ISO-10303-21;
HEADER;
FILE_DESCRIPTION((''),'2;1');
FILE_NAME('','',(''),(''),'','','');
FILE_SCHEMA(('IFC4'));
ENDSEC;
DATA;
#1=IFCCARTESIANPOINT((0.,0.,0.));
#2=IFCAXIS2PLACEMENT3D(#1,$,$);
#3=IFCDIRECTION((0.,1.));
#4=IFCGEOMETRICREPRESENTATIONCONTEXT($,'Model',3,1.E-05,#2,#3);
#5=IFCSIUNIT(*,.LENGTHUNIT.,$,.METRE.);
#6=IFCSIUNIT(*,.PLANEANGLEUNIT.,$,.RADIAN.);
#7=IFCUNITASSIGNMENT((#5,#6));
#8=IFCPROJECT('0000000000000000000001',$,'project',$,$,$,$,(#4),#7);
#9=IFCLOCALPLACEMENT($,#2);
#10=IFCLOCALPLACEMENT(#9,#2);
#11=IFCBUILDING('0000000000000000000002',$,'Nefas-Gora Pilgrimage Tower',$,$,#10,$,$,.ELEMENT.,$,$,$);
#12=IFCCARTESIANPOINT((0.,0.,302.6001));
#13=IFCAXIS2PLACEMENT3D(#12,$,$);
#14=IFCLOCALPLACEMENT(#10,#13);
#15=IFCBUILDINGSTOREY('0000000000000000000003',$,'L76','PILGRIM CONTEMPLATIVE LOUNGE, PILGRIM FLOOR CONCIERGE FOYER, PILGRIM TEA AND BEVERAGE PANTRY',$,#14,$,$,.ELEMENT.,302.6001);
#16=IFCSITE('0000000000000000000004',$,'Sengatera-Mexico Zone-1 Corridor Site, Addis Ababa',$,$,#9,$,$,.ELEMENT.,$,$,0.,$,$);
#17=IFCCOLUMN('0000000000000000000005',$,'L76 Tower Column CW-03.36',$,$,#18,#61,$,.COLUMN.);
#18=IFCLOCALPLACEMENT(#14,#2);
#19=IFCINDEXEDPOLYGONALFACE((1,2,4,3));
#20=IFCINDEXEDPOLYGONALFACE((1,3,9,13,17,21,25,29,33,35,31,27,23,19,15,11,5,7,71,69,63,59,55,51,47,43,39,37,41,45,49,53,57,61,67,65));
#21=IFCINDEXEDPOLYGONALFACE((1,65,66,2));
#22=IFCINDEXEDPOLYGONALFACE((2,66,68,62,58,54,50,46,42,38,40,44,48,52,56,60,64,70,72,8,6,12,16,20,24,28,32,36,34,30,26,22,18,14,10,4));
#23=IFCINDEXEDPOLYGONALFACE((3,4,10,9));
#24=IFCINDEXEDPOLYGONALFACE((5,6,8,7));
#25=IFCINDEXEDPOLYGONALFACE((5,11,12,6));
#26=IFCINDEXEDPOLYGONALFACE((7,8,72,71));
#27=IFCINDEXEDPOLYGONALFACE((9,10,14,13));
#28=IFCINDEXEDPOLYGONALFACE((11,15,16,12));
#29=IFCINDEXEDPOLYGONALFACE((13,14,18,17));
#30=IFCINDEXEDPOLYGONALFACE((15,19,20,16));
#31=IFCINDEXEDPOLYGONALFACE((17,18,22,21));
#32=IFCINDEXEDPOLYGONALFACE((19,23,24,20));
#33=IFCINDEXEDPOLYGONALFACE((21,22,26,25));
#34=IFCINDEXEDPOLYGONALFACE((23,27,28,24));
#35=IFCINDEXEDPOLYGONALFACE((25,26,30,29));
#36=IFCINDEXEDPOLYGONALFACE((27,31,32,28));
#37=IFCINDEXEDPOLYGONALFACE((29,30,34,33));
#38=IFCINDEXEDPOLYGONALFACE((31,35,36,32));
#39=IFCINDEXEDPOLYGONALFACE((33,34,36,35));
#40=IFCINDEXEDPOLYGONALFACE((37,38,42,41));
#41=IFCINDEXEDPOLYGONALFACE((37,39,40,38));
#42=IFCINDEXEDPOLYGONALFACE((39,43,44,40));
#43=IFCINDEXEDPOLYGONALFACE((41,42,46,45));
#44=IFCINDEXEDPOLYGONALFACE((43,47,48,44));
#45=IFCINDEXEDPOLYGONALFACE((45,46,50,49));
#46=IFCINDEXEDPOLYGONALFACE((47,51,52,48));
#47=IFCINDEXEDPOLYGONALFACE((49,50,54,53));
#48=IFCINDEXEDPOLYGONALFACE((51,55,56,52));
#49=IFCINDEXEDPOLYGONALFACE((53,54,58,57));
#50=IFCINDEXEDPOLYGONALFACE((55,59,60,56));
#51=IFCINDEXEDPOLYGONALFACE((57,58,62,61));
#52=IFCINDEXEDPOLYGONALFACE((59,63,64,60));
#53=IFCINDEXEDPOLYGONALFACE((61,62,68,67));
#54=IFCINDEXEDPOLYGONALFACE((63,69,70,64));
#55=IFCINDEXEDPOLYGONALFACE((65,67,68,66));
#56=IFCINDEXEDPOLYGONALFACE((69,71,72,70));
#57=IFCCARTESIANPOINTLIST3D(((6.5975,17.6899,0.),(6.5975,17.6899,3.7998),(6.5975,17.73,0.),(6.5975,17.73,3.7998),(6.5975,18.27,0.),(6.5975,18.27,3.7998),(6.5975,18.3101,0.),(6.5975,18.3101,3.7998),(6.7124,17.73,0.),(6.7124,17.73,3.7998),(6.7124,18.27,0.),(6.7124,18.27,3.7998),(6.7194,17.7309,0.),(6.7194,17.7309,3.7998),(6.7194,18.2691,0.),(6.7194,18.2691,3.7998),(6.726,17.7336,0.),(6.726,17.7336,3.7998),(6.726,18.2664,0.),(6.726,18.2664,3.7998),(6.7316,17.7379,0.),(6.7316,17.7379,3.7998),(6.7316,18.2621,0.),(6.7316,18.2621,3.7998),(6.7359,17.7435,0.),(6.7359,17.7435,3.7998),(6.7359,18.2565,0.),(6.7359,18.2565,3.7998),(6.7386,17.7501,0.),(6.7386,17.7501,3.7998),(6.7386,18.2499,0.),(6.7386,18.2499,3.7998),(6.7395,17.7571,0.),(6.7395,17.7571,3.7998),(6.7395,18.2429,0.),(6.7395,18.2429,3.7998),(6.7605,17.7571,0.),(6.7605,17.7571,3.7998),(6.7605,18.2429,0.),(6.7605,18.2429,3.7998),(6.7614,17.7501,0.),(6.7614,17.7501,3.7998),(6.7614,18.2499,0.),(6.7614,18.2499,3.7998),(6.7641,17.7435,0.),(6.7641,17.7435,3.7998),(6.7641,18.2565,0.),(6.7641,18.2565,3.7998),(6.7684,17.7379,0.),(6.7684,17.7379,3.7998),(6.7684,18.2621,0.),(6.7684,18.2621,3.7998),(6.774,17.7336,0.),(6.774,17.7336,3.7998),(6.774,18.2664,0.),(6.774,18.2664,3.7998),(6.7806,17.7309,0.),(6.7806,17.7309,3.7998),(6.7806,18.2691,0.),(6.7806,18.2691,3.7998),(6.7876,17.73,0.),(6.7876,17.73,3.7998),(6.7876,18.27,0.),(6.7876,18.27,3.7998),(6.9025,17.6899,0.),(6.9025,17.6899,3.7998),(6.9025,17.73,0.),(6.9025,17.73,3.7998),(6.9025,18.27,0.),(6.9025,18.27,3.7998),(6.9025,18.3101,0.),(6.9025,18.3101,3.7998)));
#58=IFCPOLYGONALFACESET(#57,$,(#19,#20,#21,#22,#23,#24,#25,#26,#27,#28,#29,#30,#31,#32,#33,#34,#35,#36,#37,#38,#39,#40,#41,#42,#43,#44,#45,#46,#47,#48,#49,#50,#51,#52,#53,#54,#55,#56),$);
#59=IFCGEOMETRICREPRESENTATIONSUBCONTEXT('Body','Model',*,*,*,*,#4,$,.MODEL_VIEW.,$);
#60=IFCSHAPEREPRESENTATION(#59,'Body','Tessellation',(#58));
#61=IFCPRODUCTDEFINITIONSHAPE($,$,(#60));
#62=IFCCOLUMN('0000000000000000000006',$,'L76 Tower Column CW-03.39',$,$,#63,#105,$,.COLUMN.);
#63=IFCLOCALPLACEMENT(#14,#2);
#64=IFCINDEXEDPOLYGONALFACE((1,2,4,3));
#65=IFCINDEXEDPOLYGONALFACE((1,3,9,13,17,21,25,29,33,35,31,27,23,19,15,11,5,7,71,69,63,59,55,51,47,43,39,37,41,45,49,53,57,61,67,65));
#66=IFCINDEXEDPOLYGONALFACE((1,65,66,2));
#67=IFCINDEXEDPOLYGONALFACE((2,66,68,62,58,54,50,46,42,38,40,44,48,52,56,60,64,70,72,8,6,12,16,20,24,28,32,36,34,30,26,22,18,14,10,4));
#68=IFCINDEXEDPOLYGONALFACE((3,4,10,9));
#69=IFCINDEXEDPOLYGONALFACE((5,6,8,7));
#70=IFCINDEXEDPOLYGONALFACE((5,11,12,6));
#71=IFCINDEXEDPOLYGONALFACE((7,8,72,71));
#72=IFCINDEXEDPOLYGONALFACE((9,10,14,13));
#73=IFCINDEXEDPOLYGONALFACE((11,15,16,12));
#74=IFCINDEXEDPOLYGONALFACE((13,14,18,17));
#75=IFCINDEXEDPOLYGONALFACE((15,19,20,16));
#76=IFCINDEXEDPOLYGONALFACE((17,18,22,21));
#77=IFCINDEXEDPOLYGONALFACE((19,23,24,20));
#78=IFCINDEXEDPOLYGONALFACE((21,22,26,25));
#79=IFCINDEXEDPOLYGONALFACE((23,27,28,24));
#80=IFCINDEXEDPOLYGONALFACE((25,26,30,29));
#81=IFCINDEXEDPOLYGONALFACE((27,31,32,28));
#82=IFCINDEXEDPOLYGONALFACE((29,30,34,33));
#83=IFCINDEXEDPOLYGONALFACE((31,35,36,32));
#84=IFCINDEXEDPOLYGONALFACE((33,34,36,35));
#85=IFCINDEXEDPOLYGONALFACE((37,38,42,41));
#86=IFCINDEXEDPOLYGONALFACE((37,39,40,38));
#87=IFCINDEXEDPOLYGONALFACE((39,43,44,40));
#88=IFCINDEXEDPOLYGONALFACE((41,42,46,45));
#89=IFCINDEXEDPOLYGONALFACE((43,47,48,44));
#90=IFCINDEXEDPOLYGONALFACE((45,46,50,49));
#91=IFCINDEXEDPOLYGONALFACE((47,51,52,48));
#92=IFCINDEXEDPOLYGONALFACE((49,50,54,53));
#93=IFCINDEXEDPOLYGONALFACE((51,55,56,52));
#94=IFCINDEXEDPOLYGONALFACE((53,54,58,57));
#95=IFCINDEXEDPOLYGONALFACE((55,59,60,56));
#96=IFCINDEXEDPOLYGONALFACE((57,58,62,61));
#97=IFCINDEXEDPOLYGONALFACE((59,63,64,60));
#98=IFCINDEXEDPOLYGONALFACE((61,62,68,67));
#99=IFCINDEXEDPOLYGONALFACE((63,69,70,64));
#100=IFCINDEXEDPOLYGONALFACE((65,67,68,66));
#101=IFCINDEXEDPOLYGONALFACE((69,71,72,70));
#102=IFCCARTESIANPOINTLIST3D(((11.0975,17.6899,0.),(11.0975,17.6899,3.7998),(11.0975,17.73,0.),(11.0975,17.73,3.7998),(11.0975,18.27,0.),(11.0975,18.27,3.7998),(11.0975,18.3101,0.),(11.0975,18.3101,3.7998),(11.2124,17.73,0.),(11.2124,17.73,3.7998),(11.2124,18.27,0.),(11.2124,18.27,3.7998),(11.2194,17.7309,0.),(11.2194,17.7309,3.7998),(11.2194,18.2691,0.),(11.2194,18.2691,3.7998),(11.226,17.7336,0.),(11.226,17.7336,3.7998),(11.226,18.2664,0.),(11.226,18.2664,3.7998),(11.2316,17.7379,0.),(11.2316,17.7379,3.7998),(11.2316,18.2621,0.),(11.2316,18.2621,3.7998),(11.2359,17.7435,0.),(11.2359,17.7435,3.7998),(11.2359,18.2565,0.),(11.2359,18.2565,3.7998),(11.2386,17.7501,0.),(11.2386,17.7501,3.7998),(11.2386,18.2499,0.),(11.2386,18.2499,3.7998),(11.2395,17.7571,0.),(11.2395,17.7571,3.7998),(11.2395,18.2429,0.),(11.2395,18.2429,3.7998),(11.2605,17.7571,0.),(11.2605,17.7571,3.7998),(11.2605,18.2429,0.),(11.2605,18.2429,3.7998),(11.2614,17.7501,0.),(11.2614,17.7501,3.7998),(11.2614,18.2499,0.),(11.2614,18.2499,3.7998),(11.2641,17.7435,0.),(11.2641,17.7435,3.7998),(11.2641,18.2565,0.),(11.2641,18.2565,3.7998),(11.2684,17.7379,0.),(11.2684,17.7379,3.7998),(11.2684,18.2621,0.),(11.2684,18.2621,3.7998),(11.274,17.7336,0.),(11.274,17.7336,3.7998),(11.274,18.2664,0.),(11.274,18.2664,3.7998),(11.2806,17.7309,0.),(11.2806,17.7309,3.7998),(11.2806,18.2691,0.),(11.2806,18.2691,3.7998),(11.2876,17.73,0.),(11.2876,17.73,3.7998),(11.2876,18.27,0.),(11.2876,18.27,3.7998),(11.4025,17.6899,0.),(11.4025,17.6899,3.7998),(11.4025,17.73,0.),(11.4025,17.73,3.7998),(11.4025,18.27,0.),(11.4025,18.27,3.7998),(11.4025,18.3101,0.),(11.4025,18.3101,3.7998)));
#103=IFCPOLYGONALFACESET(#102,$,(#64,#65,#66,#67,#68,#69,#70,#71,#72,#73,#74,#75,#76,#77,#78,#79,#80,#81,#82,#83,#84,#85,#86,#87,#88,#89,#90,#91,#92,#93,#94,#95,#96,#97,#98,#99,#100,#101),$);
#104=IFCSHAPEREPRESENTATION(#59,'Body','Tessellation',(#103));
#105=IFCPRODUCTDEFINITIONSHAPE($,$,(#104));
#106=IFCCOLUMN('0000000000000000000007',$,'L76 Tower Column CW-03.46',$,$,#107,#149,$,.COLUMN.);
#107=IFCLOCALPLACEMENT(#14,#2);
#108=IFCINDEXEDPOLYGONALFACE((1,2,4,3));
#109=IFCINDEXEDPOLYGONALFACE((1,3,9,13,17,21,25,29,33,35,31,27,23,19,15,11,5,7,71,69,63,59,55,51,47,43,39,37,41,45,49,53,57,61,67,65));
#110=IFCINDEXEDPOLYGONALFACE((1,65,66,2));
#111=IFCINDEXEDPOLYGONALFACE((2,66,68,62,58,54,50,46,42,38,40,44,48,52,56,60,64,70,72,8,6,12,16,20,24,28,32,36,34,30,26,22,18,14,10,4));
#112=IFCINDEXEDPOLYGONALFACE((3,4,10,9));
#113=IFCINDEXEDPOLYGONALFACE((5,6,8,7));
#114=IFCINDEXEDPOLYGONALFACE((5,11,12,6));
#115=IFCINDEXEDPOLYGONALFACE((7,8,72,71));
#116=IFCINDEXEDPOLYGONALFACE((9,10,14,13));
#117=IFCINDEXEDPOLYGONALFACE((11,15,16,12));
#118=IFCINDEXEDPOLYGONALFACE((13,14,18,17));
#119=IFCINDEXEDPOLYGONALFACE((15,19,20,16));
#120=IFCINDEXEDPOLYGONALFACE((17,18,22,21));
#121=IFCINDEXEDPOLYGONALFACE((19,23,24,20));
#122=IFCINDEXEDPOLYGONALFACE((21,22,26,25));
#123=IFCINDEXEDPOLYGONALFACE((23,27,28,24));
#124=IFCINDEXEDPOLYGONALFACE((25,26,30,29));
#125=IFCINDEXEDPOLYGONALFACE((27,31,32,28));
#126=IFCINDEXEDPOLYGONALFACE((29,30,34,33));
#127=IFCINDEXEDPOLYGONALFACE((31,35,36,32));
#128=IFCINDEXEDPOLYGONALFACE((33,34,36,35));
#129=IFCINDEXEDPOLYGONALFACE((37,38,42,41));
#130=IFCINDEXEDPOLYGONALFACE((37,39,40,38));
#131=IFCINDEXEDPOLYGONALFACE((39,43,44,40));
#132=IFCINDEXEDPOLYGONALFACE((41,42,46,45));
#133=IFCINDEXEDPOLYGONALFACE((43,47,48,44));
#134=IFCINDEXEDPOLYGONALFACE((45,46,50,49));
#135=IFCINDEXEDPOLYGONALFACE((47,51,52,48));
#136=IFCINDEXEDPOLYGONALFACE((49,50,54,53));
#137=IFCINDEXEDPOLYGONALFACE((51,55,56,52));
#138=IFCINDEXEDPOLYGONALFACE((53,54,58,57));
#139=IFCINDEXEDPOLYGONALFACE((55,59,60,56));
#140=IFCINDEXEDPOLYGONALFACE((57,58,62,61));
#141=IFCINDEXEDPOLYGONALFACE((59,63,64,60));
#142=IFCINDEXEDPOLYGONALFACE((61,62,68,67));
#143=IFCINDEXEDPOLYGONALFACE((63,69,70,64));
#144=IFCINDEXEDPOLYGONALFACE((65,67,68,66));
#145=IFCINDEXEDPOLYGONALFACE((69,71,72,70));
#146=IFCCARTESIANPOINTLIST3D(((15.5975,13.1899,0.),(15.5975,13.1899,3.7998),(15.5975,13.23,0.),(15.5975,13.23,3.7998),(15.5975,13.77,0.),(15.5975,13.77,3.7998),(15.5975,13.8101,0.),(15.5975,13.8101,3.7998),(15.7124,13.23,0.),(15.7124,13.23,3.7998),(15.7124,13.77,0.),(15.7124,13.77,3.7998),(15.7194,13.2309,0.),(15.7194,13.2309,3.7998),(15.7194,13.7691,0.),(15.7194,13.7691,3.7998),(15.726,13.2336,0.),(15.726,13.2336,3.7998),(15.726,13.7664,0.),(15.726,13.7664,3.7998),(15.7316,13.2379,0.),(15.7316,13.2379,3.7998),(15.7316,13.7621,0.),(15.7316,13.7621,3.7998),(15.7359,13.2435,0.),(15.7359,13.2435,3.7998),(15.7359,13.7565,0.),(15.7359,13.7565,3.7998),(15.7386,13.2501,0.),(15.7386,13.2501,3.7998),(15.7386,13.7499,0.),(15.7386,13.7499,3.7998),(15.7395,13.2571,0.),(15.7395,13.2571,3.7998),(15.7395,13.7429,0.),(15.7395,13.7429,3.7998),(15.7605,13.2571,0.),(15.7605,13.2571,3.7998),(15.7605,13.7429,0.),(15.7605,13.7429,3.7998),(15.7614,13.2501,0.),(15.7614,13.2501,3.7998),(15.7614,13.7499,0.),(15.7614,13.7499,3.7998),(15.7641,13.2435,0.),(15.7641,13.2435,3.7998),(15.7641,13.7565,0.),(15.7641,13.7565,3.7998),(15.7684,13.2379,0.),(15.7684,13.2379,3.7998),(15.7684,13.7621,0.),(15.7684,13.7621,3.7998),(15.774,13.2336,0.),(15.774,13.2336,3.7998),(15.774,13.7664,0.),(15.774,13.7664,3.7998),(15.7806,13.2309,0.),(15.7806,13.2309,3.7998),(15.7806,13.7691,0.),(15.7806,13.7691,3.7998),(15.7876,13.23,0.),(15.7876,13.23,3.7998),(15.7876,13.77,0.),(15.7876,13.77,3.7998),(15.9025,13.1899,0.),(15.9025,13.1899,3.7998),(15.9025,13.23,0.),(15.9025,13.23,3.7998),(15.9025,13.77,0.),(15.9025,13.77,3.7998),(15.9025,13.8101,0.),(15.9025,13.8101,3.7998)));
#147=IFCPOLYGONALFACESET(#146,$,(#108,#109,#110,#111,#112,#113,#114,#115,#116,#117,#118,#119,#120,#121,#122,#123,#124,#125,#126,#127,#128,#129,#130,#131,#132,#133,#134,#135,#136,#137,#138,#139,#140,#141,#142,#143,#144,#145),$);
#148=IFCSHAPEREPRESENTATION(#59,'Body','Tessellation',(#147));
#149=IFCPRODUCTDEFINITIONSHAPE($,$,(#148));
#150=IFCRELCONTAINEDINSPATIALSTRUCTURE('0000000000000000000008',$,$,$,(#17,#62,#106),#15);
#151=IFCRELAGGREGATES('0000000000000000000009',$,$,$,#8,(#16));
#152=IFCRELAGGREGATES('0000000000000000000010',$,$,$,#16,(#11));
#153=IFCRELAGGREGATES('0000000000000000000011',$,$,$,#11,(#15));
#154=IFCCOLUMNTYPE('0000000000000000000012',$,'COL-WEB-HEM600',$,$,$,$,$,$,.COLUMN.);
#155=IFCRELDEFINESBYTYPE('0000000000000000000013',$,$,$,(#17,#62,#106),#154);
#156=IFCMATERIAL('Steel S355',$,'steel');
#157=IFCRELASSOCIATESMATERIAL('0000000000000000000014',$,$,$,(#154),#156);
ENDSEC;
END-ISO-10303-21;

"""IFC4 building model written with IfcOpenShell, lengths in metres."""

from ifc_helpers import new_model, si_unit, direction, frame, origin, origin_2d, place, context, subcontext, project, spatial, i_section, extrude, source, transform, mapped, material, material_profile, profile_set, type_object, element, save


model = new_model("IFC4")

# Units and contexts
model_context = context("Model", 3, precision=1e-05, world=origin(), true_north=direction((0.0, 1.0)))
body_context = subcontext(model_context, "Body", "Model", "MODEL_VIEW")
ifc_project = project(units=[si_unit("LENGTHUNIT", "METRE"), si_unit("PLANEANGLEUNIT", "RADIAN")], contexts=[model_context])

# Site, building, storey
site_placement = place(None, origin())
site = spatial("IfcSite", under=ifc_project, at=site_placement, Name="Sengatera-Mexico Zone-1 Corridor Site, Addis Ababa", CompositionType="ELEMENT", RefElevation=0.0)
building_placement = place(site_placement, origin())
building = spatial("IfcBuilding", under=site, at=building_placement, Name="Nefas-Gora Pilgrimage Tower", CompositionType="ELEMENT")
storey_placement = place(building_placement, frame((0.0, 0.0, 302.6001)))
storey = spatial("IfcBuildingStorey", under=building, at=storey_placement, Name="L76", Description="PILGRIM CONTEMPLATIVE LOUNGE, PILGRIM FLOOR CONCIERGE FOYER, PILGRIM TEA AND BEVERAGE PANTRY", CompositionType="ELEMENT", Elevation=302.6001)

# Columns
ifc_material_1 = material(Name="Steel S355", Category="steel")
ifc_material_profile_1 = material_profile(ifc_material_1, i_section(OverallWidth=0.3049, OverallDepth=0.6201, WebThickness=0.021, FlangeThickness=0.04, FilletRadius=0.0271, at=origin_2d()), Name="HEM 600")
ifc_profile_set_1 = profile_set([ifc_material_profile_1], Name="Steel S355")
column_type_1 = type_object("IfcColumnType", Name="COL-WEB-HEM600", PredefinedType="COLUMN", material=ifc_profile_set_1)
shared_shape_1 = source(origin(), body_context, "Body", "SweptSolid", [
    extrude(i_section(OverallWidth=0.3049, OverallDepth=0.6201, WebThickness=0.021, FlangeThickness=0.04, FilletRadius=0.0271, at=origin_2d()), origin(), (0.0, 0.0, 1.0), 3.7998),
])
for number, where, z_axis, x_axis, name in (
    (1, (6.75, 18.0, 0.0), (0.0, 0.0, 1.0), (1.0, 0.0, 0.0), "L76 Tower Column CW-03.36"),
    (2, (11.25, 18.0, 0.0), (0.0, 0.0, 1.0), (1.0, 0.0, 0.0), "L76 Tower Column CW-03.39"),
    (3, (15.75, 13.5, 0.0), (0.0, 0.0, 1.0), (1.0, 0.0, 0.0), "L76 Tower Column CW-03.46"),
):
    element("IfcColumn", number, at=place(storey_placement, frame(where, z_axis=z_axis, x_axis=x_axis)), inside=storey, type_object=column_type_1, Name=name, PredefinedType="COLUMN", context=body_context, shape_type="MappedRepresentation", body=[
        mapped(shared_shape_1, transform((0.0, 0.0, 0.0), x_axis=(1.0, 0.0, 0.0), y_axis=(0.0, 1.0, 0.0), z_axis=(0.0, 0.0, 1.0), scale=1.0)),
    ])

save(model, "model.ifc")
